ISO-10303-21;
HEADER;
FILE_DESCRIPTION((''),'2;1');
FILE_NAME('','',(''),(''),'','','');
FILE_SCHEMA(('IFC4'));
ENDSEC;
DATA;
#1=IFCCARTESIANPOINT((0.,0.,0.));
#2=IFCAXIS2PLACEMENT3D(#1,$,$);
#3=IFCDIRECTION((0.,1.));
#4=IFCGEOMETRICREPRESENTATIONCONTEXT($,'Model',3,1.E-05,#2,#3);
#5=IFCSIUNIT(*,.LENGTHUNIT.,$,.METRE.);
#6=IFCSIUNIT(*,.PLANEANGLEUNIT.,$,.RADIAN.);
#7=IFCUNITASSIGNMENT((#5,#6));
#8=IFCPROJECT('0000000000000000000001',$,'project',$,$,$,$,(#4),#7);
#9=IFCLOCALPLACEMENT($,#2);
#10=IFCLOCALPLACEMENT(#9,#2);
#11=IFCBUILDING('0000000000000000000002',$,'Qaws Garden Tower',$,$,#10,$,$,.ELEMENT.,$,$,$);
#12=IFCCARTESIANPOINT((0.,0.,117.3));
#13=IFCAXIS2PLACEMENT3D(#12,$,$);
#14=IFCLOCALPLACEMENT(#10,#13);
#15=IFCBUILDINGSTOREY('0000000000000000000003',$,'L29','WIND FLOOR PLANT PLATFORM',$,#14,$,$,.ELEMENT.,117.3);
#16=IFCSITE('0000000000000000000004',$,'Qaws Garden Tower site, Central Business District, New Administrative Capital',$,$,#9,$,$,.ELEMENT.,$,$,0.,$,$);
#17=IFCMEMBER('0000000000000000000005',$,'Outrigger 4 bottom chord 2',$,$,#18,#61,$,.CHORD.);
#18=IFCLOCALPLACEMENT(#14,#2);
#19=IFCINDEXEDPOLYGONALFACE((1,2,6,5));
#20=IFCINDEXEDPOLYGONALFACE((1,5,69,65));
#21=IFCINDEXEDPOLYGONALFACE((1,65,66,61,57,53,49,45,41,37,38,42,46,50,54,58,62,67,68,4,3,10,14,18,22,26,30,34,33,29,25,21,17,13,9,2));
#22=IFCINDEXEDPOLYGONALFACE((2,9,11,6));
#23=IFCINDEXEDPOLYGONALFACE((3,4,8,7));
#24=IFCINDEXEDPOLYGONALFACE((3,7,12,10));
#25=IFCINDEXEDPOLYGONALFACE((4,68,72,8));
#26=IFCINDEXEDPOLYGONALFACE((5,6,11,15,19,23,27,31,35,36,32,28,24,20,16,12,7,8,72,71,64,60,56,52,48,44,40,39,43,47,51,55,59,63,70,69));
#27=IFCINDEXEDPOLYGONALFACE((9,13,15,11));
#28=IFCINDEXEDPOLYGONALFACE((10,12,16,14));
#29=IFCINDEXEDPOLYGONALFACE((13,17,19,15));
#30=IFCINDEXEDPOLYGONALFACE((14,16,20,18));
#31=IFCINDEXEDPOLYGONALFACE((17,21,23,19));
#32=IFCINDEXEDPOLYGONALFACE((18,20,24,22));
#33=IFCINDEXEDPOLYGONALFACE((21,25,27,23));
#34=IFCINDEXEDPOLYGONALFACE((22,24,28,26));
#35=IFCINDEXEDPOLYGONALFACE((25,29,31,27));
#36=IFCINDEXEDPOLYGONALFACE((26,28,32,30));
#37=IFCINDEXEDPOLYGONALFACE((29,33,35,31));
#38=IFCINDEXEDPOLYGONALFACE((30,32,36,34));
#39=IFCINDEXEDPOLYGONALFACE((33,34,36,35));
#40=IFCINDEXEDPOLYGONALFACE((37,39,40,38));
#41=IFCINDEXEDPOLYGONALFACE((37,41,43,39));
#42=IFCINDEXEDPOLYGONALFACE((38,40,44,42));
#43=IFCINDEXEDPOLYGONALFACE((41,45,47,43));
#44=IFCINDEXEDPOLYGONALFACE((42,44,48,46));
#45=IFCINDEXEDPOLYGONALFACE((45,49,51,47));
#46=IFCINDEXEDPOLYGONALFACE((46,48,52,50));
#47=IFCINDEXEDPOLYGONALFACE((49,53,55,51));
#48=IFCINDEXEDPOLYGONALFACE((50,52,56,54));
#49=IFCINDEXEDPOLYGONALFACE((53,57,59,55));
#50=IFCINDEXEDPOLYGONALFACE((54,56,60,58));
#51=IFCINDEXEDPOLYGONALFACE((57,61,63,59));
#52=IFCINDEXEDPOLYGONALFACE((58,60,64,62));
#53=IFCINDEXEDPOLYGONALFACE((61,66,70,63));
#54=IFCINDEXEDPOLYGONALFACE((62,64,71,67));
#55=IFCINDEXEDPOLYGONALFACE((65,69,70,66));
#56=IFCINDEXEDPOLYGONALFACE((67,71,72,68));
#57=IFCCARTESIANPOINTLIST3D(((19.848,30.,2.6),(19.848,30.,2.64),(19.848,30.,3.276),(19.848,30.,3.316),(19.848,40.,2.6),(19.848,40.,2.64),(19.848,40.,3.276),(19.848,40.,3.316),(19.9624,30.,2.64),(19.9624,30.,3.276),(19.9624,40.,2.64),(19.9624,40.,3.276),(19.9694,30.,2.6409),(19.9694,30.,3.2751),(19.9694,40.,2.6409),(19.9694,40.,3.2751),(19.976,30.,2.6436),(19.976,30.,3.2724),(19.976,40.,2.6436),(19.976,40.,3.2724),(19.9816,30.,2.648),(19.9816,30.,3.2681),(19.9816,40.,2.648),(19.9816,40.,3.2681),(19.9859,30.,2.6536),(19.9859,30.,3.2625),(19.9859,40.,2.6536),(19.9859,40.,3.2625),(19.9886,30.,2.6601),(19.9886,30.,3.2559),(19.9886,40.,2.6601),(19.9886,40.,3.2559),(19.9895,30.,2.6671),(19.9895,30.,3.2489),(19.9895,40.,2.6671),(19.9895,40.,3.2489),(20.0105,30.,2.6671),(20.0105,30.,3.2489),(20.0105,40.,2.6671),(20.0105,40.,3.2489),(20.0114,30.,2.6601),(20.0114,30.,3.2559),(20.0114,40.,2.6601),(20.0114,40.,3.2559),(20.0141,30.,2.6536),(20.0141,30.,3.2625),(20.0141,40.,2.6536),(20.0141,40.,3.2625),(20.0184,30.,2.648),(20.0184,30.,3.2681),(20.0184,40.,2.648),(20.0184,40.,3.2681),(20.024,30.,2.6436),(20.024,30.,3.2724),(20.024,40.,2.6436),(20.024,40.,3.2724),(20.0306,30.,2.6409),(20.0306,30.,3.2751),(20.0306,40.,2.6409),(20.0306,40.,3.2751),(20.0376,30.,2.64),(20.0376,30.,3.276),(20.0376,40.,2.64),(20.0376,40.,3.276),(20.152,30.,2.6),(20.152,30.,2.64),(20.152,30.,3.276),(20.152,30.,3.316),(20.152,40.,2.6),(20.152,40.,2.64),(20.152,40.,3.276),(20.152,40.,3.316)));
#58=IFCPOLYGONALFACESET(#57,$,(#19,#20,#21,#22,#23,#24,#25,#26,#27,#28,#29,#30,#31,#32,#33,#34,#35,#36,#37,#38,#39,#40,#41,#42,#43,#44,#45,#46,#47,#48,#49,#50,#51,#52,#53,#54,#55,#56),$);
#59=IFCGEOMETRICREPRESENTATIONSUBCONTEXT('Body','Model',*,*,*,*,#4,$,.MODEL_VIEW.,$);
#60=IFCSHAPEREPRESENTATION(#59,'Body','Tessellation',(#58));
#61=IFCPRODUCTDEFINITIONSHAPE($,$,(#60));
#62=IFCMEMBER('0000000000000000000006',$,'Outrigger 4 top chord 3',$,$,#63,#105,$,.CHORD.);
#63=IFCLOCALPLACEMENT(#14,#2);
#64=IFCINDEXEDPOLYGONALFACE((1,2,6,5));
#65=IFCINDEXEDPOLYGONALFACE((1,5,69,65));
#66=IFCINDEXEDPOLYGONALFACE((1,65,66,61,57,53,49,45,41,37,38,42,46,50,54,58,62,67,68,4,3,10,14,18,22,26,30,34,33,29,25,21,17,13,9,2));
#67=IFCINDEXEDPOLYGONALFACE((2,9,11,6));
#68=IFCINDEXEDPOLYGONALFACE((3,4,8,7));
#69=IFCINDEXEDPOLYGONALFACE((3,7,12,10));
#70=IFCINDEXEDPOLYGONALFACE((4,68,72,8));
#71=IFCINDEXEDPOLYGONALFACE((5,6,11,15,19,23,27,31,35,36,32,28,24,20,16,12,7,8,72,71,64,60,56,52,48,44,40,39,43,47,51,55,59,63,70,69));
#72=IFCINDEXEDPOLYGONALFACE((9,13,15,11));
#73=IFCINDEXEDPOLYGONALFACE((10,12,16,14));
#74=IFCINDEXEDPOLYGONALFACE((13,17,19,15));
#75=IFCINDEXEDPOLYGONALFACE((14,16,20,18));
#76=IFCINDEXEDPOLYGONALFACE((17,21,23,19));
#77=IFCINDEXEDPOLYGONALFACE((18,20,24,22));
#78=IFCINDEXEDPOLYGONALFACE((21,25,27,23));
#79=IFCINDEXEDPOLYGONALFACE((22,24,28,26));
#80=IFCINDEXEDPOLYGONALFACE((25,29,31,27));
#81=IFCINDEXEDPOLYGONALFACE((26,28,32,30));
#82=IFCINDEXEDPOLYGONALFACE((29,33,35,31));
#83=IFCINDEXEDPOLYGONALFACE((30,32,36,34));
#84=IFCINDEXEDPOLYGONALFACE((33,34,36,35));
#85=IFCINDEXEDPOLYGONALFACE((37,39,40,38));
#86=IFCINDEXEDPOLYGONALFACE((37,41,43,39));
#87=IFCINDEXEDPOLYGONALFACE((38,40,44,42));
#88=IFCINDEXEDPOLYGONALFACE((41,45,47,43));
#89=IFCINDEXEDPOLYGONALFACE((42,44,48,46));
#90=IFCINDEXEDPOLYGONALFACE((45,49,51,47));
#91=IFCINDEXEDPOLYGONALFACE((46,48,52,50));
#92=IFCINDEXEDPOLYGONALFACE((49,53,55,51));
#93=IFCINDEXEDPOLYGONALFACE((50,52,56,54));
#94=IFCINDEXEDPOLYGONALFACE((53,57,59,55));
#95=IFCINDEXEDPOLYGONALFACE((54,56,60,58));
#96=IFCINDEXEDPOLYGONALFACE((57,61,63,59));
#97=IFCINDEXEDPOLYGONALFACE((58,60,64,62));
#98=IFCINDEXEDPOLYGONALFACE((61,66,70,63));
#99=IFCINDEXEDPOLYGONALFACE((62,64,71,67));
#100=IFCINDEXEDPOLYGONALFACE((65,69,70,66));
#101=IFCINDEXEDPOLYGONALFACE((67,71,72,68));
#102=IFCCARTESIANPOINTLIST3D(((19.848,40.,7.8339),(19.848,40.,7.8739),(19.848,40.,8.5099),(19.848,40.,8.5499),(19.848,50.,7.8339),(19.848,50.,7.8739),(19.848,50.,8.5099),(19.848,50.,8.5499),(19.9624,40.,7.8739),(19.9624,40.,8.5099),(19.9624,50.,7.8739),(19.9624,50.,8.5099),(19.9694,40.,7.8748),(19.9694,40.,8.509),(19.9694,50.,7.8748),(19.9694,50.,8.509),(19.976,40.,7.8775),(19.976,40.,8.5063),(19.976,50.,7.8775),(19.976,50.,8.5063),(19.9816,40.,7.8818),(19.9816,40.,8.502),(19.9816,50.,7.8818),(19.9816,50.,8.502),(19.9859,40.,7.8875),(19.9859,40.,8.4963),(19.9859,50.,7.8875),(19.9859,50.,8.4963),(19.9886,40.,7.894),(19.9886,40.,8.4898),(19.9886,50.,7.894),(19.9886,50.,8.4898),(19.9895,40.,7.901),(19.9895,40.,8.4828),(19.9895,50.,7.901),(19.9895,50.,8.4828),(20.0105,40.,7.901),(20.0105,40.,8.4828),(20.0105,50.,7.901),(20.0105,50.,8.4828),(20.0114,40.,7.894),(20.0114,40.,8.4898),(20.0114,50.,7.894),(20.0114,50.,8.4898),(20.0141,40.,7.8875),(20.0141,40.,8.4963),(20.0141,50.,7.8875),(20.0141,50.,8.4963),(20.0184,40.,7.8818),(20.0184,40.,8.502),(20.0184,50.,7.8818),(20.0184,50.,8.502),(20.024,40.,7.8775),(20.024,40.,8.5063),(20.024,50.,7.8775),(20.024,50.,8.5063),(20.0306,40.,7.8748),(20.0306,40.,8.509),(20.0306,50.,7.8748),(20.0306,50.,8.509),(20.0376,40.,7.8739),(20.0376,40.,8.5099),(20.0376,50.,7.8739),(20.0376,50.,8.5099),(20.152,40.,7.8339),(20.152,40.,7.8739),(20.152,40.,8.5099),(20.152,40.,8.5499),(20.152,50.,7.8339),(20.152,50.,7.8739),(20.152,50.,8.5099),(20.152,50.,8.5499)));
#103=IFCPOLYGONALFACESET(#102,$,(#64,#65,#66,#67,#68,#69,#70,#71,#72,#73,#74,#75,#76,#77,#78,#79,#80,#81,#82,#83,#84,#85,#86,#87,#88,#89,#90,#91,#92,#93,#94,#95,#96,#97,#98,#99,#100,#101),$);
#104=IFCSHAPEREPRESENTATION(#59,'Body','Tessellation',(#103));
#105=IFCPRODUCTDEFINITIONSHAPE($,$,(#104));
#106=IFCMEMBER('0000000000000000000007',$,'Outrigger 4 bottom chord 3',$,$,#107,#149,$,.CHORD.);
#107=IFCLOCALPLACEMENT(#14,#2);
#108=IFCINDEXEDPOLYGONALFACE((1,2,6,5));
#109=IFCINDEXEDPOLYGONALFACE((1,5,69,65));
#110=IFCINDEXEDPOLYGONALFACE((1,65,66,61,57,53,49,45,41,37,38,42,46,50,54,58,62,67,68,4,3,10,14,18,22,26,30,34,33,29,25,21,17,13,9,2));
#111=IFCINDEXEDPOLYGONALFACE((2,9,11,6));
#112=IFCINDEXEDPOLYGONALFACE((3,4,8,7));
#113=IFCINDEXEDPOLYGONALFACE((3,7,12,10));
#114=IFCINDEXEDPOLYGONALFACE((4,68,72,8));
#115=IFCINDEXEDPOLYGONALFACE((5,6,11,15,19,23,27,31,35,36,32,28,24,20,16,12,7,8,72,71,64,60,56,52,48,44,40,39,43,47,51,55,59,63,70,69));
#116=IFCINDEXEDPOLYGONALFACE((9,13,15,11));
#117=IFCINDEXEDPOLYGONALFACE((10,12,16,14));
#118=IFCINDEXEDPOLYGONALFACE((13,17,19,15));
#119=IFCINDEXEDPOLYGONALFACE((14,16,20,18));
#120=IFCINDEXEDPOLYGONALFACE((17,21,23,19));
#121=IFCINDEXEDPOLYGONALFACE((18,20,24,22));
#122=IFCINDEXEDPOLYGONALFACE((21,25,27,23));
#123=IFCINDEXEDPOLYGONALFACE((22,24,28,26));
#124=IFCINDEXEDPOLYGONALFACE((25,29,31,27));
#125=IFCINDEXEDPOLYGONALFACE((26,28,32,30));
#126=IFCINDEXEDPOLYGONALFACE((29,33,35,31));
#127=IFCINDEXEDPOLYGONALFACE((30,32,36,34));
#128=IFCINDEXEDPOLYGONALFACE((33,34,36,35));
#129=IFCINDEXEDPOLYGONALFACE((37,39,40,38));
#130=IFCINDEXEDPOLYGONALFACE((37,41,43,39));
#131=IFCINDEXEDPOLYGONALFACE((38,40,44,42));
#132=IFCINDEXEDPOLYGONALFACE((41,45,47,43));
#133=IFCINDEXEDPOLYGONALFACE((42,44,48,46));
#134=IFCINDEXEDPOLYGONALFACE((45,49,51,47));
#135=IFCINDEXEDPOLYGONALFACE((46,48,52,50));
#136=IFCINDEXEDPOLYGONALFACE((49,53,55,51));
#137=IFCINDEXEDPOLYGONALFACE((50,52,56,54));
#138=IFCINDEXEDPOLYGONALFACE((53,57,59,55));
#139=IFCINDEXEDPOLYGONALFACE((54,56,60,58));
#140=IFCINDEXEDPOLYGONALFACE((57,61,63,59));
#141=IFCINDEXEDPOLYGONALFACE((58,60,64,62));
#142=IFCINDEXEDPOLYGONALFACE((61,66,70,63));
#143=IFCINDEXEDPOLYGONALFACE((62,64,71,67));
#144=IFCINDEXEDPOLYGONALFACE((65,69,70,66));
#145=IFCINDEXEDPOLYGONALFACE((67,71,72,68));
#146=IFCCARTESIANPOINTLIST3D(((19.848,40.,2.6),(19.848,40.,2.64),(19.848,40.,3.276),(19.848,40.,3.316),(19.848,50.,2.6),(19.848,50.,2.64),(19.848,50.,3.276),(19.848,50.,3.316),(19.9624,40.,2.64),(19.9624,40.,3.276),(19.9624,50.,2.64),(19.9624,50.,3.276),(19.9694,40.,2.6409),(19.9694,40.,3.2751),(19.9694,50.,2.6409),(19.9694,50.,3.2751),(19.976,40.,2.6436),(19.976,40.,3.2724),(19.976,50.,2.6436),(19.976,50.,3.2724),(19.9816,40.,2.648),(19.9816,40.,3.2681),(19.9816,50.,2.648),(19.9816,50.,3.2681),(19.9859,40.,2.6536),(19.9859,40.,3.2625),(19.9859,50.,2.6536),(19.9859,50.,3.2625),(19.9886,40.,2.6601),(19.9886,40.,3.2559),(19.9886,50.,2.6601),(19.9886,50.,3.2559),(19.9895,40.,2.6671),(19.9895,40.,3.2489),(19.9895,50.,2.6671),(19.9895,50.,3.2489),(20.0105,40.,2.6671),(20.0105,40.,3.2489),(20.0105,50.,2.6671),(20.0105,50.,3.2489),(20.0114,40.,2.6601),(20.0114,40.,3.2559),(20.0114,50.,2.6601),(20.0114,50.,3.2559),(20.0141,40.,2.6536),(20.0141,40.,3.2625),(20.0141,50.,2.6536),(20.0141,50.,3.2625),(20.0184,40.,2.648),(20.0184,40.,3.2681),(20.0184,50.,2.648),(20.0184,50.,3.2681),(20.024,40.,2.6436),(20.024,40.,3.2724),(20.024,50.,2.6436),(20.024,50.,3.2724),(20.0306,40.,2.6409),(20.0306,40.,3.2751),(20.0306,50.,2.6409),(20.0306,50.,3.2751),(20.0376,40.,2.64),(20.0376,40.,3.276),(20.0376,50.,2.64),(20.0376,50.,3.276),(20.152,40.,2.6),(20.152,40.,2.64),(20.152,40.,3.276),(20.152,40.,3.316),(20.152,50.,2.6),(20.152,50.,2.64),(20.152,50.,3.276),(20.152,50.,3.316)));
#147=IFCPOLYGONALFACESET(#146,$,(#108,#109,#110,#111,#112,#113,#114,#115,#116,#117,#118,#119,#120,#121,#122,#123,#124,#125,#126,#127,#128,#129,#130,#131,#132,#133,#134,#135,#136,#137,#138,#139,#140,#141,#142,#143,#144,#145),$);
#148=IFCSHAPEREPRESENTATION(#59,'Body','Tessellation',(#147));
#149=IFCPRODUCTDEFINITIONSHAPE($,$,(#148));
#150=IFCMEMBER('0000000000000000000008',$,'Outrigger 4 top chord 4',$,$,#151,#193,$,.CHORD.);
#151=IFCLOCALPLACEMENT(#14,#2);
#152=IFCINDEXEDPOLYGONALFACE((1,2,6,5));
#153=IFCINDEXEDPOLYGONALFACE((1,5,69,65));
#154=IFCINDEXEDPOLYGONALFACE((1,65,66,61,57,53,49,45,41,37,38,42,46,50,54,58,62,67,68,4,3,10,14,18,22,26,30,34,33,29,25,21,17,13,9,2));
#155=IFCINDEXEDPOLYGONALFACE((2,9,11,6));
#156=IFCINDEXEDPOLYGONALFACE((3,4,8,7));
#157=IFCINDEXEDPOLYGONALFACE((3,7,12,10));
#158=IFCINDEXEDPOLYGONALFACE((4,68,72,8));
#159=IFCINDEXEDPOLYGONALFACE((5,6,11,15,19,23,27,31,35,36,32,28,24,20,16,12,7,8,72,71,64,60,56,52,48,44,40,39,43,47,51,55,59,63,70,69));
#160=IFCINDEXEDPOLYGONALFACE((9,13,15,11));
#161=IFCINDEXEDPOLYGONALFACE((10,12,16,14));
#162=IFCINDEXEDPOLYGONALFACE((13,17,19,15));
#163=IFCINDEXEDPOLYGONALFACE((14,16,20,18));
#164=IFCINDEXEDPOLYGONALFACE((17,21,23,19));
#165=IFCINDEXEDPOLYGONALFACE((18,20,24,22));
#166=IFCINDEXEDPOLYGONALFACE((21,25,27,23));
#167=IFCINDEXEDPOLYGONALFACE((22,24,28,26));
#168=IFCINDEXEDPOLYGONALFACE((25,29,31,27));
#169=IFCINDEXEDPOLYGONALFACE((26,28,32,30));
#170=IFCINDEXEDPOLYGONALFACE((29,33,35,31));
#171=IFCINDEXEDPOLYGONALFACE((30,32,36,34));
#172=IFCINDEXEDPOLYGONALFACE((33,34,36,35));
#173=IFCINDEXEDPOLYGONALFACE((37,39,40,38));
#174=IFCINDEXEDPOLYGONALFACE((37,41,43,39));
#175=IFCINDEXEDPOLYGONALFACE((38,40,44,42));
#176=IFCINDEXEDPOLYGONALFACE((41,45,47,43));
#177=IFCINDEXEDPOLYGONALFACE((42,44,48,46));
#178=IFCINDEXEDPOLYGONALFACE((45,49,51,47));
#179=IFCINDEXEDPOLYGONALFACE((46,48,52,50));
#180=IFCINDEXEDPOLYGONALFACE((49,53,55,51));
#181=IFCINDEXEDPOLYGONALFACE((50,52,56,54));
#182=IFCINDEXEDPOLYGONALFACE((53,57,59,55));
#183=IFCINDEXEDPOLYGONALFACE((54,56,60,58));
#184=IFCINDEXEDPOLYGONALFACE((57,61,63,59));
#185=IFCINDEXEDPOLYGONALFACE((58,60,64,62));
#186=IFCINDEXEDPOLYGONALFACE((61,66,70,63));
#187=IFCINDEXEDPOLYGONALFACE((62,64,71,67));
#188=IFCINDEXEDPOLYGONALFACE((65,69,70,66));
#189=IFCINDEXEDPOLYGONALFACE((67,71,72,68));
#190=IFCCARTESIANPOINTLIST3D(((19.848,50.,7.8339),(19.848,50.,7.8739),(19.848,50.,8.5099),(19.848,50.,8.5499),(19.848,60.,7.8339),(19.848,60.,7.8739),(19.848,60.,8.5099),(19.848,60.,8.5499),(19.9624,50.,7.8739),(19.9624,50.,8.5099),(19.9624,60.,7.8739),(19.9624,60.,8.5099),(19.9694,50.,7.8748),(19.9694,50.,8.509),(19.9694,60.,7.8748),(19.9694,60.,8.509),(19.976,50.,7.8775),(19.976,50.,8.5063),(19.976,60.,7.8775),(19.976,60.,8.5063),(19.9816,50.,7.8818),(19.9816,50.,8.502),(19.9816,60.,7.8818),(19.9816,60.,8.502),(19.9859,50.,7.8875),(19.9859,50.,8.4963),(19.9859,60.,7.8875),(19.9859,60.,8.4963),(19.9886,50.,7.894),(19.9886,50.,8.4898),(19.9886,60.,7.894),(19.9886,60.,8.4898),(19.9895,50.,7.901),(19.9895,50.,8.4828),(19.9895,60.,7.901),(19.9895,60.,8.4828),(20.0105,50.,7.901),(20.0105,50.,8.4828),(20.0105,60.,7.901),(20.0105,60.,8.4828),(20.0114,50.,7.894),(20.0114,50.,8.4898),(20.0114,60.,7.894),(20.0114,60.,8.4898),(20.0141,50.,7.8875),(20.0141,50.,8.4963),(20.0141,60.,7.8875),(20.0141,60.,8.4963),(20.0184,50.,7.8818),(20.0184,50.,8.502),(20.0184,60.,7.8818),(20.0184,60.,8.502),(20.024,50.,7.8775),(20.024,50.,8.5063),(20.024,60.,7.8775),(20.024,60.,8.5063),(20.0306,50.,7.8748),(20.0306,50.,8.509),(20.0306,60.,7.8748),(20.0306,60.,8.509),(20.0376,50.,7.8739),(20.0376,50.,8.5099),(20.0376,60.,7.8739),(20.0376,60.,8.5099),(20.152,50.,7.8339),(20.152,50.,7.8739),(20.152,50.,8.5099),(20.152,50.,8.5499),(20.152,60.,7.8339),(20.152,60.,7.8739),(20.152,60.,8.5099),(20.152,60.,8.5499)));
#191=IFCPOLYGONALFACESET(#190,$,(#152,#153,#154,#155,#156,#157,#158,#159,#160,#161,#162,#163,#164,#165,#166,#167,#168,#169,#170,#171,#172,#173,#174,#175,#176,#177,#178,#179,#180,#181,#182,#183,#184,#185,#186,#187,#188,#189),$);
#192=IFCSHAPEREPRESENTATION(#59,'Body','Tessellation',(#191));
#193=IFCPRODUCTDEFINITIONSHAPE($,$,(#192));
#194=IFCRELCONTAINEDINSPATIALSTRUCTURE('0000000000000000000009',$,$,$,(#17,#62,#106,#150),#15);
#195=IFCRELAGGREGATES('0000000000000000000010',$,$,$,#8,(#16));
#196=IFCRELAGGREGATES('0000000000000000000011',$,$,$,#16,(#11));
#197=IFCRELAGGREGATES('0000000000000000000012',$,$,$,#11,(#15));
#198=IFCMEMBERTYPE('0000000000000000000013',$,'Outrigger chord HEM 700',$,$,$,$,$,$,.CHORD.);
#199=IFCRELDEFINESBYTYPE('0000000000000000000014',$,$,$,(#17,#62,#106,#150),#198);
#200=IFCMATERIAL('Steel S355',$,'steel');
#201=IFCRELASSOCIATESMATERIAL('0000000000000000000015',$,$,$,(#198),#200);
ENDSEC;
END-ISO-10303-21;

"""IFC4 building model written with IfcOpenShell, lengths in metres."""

from ifc_helpers import new_model, si_unit, direction, frame, origin, origin_2d, place, context, subcontext, project, spatial, i_section, extrude, material, material_profile, profile_set, type_object, element, save


model = new_model("IFC4")

# Units and contexts
model_context = context("Model", 3, precision=1e-05, world=origin(), true_north=direction((0.0, 1.0)))
body_context = subcontext(model_context, "Body", "Model", "MODEL_VIEW")
ifc_project = project(units=[si_unit("LENGTHUNIT", "METRE"), si_unit("PLANEANGLEUNIT", "RADIAN")], contexts=[model_context])

# Site, building, storey
site_placement = place(None, origin())
site = spatial("IfcSite", under=ifc_project, at=site_placement, Name="Qaws Garden Tower site, Central Business District, New Administrative Capital", CompositionType="ELEMENT", RefElevation=0.0)
building_placement = place(site_placement, origin())
building = spatial("IfcBuilding", under=site, at=building_placement, Name="Qaws Garden Tower", CompositionType="ELEMENT")
storey_placement = place(building_placement, frame((0.0, 0.0, 117.3)))
storey = spatial("IfcBuildingStorey", under=building, at=storey_placement, Name="L29", Description="WIND FLOOR PLANT PLATFORM", CompositionType="ELEMENT", Elevation=117.3)

# Members
ifc_material_1 = material(Name="Steel S355", Category="steel")
ifc_material_profile_1 = material_profile(ifc_material_1, i_section(OverallWidth=0.304, OverallDepth=0.7161, WebThickness=0.021, FlangeThickness=0.04, FilletRadius=0.0271, at=origin_2d()), Name="HEM 700")
ifc_profile_set_1 = profile_set([ifc_material_profile_1], Name="Steel S355")
member_type_1 = type_object("IfcMemberType", Name="Outrigger chord HEM 700", PredefinedType="CHORD", material=ifc_profile_set_1)
for number, where, z_axis, x_axis, name in (
    (1, (20.0, 30.0, 2.958), (0.0, 1.0, 0.0), (-1.0, 0.0, 0.0), "Outrigger 4 bottom chord 2"),
    (2, (20.0, 40.0, 8.1919), (0.0, 1.0, 0.0), (-1.0, 0.0, 0.0), "Outrigger 4 top chord 3"),
    (3, (20.0, 40.0, 2.958), (0.0, 1.0, 0.0), (-1.0, 0.0, 0.0), "Outrigger 4 bottom chord 3"),
    (4, (20.0, 50.0, 8.1919), (0.0, 1.0, 0.0), (-1.0, 0.0, 0.0), "Outrigger 4 top chord 4"),
):
    element("IfcMember", number, at=place(storey_placement, frame(where, z_axis=z_axis, x_axis=x_axis)), inside=storey, type_object=member_type_1, Name=name, PredefinedType="CHORD", context=body_context, shape_type="SweptSolid", body=[
        extrude(i_section(OverallWidth=0.304, OverallDepth=0.7161, WebThickness=0.021, FlangeThickness=0.04, FilletRadius=0.0271, at=origin_2d()), origin(), (0.0, 0.0, 1.0), 10.0),
    ])

save(model, "model.ifc")
